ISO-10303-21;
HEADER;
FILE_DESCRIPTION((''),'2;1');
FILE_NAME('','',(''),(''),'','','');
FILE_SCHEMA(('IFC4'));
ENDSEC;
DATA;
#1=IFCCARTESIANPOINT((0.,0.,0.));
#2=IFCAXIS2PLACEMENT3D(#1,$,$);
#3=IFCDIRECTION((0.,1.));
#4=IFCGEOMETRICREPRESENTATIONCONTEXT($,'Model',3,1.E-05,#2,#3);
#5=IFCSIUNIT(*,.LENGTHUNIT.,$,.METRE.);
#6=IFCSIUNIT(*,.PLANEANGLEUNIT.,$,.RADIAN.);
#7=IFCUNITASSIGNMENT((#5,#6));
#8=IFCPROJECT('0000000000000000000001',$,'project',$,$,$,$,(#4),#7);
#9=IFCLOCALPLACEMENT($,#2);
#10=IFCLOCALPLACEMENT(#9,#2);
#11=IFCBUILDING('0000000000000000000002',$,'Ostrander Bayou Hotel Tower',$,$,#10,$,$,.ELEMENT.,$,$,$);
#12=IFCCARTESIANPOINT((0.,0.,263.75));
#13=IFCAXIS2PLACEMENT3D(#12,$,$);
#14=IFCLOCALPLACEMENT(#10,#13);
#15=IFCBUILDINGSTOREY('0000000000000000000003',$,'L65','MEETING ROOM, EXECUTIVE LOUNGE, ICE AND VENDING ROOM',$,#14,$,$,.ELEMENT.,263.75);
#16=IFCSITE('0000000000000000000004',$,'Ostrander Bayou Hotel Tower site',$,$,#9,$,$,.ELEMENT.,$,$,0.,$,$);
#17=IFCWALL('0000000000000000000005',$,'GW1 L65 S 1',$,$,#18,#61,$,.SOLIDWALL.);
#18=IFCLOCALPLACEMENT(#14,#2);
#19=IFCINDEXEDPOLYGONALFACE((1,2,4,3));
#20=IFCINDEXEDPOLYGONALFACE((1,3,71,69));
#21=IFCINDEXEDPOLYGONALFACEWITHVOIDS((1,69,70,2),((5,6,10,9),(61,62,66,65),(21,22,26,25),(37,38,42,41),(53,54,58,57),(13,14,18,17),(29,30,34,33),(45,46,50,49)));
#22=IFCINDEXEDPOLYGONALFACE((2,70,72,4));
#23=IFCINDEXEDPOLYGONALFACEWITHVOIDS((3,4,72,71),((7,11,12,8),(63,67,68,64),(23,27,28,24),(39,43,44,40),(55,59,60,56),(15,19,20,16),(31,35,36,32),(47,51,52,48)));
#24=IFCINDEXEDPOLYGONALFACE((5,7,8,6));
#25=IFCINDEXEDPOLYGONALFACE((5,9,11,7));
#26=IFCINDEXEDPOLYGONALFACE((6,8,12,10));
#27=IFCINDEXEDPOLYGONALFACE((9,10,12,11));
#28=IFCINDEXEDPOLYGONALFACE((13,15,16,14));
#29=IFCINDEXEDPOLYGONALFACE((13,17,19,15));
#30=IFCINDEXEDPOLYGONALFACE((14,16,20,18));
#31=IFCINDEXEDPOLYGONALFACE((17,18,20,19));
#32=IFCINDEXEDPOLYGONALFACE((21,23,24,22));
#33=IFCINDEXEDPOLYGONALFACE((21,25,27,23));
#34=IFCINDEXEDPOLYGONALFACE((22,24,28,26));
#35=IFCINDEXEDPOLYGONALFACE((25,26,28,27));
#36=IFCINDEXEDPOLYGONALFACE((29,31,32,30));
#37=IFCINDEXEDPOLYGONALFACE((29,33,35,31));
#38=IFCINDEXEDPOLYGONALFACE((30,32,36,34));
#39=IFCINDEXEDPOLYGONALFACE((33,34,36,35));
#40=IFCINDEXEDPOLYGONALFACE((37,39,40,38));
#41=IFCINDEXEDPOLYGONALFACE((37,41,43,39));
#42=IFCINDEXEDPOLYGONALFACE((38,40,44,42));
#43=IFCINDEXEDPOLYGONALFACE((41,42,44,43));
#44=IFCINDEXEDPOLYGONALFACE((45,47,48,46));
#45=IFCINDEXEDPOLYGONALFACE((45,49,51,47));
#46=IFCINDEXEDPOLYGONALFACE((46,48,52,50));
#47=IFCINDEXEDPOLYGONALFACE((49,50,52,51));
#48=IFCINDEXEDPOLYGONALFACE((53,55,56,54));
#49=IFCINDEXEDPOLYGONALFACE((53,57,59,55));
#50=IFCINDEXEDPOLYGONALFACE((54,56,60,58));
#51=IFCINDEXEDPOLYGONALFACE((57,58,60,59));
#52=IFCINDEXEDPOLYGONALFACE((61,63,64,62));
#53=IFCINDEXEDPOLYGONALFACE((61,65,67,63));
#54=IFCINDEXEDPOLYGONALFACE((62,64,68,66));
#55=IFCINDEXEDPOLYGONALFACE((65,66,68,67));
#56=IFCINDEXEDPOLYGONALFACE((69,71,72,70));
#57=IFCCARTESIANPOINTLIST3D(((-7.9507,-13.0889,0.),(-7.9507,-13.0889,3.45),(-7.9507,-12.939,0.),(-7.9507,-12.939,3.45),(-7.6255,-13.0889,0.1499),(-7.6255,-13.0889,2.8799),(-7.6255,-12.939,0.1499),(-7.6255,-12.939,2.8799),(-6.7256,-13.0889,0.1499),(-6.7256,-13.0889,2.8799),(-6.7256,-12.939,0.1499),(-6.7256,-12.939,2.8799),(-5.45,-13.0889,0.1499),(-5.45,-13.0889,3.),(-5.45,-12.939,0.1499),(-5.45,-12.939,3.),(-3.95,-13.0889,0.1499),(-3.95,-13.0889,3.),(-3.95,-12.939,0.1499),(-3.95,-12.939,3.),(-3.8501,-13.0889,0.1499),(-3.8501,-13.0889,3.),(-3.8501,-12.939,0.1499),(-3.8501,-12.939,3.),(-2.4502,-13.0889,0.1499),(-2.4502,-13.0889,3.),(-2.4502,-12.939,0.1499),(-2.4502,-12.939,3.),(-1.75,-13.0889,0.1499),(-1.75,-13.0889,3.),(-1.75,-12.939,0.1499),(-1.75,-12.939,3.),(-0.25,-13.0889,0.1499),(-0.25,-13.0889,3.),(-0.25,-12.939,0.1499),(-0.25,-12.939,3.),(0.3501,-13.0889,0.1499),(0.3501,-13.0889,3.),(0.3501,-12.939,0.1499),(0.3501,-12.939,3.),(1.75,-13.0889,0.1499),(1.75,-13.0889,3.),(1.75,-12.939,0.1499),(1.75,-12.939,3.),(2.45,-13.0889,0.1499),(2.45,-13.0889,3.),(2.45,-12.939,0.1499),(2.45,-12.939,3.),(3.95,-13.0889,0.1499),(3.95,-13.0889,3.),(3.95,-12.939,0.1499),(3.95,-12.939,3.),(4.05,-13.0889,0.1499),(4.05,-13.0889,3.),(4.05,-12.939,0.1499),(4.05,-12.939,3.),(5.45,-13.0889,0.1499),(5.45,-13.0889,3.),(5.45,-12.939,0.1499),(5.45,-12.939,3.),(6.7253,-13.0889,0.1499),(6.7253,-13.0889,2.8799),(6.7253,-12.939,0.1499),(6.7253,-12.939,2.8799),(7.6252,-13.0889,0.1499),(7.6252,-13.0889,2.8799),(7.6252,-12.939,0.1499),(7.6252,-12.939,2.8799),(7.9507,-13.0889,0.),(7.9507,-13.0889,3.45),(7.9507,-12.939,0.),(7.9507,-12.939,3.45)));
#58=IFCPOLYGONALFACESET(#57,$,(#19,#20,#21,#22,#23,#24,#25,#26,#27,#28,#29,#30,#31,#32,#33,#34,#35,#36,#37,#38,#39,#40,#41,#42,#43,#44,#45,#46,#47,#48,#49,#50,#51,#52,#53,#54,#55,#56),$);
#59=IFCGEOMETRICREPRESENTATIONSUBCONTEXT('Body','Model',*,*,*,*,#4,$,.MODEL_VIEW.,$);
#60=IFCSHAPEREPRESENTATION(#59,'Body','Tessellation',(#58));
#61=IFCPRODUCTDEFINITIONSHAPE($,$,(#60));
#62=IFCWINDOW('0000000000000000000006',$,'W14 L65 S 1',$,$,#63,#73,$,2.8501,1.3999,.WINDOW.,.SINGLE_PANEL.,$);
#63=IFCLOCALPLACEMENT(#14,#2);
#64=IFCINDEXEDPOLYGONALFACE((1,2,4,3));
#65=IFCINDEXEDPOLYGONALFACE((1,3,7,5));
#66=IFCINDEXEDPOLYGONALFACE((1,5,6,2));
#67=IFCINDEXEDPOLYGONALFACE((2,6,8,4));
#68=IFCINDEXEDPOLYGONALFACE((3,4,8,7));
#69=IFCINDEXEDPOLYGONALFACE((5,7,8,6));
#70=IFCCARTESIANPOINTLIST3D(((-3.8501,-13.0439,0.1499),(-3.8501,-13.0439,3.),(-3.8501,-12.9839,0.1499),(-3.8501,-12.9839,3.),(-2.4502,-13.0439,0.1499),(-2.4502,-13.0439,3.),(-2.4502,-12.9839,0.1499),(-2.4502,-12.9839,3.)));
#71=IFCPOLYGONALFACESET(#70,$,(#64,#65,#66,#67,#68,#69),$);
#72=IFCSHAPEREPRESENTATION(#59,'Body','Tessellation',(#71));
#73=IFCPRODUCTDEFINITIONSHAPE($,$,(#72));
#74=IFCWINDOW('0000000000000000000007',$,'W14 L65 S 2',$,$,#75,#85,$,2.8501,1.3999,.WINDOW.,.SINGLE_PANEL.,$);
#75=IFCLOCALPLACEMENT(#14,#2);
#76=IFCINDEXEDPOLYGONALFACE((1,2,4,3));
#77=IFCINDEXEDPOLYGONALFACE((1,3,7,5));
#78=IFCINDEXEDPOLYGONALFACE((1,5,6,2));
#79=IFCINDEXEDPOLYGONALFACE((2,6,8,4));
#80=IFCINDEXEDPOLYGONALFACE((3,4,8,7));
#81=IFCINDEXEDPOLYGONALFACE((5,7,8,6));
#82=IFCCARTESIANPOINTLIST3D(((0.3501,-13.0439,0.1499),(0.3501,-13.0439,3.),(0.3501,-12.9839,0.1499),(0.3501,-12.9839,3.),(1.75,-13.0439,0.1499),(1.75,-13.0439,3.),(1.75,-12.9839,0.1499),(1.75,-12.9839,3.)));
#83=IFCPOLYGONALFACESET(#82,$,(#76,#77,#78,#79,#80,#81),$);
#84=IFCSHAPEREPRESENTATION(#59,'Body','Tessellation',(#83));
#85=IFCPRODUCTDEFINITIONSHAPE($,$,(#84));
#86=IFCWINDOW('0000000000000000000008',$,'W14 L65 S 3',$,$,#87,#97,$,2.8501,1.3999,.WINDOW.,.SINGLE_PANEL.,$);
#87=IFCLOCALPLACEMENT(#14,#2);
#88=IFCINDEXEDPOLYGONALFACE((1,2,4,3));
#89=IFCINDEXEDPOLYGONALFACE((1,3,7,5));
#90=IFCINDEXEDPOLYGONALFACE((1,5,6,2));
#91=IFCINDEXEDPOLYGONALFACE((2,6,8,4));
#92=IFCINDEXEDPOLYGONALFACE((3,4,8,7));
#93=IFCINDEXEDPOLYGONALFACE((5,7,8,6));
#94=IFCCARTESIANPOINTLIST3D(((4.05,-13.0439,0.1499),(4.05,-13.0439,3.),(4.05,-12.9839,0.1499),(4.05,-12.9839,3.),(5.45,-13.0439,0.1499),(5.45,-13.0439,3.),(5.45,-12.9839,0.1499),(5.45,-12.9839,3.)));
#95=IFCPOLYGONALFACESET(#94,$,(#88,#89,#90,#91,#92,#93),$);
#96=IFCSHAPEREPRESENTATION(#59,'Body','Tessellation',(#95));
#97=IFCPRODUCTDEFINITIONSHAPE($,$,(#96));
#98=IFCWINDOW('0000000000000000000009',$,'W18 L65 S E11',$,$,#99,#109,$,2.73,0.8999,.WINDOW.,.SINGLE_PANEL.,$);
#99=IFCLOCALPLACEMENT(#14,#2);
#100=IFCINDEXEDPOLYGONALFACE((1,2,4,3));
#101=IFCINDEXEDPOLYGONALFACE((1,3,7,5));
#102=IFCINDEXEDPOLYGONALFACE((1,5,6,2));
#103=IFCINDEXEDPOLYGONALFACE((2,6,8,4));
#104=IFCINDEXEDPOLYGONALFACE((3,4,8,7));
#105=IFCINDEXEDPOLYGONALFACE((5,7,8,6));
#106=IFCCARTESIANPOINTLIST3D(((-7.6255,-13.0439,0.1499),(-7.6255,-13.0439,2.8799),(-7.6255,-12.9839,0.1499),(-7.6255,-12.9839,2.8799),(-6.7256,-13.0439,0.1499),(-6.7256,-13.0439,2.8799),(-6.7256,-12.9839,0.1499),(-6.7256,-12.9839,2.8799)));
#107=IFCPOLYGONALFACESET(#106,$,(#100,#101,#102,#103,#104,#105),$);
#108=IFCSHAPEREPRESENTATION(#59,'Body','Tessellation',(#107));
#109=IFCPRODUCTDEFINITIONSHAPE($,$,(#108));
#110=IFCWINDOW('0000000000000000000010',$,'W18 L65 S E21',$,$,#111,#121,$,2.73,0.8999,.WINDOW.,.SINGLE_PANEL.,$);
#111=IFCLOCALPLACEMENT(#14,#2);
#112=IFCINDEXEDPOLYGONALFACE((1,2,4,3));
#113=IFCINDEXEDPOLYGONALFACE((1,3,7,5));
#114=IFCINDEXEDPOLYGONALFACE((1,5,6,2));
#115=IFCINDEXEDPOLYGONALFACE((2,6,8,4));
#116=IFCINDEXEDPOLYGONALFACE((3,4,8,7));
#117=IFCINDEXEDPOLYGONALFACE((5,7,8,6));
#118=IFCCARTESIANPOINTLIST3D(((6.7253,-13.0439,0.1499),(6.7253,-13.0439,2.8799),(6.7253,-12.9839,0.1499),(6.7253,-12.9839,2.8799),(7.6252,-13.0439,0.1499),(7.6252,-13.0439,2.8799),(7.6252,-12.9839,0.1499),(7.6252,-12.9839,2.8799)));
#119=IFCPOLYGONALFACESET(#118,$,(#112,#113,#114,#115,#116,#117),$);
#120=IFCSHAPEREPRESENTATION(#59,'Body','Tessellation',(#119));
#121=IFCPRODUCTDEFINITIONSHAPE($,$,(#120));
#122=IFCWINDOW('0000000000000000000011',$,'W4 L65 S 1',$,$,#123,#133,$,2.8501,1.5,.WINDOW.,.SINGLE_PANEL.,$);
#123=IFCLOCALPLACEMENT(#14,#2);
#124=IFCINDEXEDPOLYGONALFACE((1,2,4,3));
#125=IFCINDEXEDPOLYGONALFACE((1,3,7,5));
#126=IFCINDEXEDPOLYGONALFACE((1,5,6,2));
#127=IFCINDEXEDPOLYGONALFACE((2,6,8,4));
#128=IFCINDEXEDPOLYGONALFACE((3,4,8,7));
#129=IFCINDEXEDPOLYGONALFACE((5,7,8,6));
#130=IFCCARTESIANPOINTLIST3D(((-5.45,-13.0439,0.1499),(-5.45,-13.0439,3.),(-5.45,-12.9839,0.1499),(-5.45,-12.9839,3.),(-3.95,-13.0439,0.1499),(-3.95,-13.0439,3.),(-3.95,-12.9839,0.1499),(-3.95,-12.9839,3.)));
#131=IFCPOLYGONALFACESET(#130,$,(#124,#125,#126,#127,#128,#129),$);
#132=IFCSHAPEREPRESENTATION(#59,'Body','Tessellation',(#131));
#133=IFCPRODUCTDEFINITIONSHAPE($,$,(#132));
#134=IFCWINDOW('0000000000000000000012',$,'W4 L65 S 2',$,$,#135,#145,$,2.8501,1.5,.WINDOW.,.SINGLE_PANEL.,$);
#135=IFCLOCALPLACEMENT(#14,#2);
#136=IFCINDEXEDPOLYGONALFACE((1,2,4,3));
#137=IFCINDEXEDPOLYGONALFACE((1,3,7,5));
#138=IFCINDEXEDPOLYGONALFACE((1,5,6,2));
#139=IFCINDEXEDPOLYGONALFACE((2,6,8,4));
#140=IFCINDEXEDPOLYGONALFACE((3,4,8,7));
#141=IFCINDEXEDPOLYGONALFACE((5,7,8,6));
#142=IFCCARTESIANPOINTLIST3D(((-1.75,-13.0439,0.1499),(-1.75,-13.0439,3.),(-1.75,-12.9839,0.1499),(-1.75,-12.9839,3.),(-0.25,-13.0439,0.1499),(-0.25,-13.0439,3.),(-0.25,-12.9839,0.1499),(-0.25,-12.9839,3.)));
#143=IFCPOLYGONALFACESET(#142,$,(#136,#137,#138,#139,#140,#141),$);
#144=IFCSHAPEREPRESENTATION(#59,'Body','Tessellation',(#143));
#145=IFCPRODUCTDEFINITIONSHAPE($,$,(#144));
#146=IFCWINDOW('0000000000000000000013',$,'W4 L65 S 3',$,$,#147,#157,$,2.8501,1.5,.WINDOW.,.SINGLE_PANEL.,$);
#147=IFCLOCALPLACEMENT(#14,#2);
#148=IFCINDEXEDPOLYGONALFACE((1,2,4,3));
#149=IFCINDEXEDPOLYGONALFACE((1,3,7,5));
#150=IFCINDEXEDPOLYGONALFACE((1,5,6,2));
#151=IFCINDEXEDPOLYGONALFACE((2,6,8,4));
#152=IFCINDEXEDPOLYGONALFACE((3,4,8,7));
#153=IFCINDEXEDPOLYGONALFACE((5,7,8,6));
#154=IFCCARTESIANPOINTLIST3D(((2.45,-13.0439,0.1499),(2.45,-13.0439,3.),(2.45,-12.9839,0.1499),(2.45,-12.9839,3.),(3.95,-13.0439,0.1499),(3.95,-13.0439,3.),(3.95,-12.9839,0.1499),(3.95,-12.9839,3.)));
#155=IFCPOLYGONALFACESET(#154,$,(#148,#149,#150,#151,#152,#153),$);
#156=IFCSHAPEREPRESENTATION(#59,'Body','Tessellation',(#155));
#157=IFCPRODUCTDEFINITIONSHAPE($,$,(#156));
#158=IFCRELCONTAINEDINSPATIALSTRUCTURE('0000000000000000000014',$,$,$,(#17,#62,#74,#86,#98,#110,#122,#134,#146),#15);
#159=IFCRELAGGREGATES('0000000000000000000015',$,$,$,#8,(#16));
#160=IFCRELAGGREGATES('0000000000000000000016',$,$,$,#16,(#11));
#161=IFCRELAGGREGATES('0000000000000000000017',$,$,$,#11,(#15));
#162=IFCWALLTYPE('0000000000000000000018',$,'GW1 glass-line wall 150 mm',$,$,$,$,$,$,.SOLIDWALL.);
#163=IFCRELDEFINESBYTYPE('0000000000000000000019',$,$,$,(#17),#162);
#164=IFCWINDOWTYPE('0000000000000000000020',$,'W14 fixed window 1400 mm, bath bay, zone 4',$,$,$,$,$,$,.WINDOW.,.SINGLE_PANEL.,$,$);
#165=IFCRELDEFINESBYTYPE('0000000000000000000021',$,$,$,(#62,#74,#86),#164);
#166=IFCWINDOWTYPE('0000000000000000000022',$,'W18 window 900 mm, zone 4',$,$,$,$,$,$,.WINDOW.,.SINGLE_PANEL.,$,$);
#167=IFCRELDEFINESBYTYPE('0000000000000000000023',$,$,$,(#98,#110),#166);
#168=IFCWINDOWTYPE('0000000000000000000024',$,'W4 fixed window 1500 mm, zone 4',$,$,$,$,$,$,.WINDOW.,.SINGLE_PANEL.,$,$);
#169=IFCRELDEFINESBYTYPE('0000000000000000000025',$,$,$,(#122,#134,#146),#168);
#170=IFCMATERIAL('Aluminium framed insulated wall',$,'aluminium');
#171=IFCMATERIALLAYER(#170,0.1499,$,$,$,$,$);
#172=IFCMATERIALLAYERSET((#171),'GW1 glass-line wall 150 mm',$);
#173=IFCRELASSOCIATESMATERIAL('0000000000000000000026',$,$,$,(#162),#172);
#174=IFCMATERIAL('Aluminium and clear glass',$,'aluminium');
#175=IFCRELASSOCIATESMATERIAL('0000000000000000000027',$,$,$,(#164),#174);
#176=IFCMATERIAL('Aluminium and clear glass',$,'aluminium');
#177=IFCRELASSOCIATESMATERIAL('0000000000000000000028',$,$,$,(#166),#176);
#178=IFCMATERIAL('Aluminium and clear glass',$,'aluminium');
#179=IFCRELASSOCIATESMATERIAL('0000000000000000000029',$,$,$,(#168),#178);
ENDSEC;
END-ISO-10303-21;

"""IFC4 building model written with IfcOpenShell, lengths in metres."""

from ifc_helpers import new_model, si_unit, direction, frame, frame_2d, origin, place, context, subcontext, project, spatial, rectangle, extrude, material, layer, layer_set, type_object, element, fill, save


model = new_model("IFC4")

# Units and contexts
model_context = context("Model", 3, precision=1e-05, world=origin(), true_north=direction((0.0, 1.0)))
body_context = subcontext(model_context, "Body", "Model", "MODEL_VIEW")
ifc_project = project(units=[si_unit("LENGTHUNIT", "METRE"), si_unit("PLANEANGLEUNIT", "RADIAN")], contexts=[model_context])

# Site, building, storey
site_placement = place(None, origin())
site = spatial("IfcSite", under=ifc_project, at=site_placement, Name="Ostrander Bayou Hotel Tower site", CompositionType="ELEMENT", RefElevation=0.0)
building_placement = place(site_placement, origin())
building = spatial("IfcBuilding", under=site, at=building_placement, Name="Ostrander Bayou Hotel Tower", CompositionType="ELEMENT")
storey_placement = place(building_placement, frame((0.0, 0.0, 263.75)))
storey = spatial("IfcBuildingStorey", under=building, at=storey_placement, Name="L65", Description="MEETING ROOM, EXECUTIVE LOUNGE, ICE AND VENDING ROOM", CompositionType="ELEMENT", Elevation=263.75)

# Wall, openings, windows
ifc_material_1 = material(Name="Aluminium framed insulated wall", Category="aluminium")
ifc_layer_1 = layer(ifc_material_1, 0.1499)
ifc_layer_set_1 = layer_set([ifc_layer_1], Name="GW1 glass-line wall 150 mm")
wall_type_1 = type_object("IfcWallType", Name="GW1 glass-line wall 150 mm", PredefinedType="SOLIDWALL", material=ifc_layer_set_1)
wall_1_placement = place(storey_placement, frame((-7.9507, -13.0139, 0.0), z_axis=(0.0, 0.0, 1.0), x_axis=(1.0, 0.0, 0.0)))
wall_1 = element("IfcWall", 1, at=wall_1_placement, inside=storey, type_object=wall_type_1, Name="GW1 L65 S 1", PredefinedType="SOLIDWALL", context=body_context, shape_type="SweptSolid", body=[
    extrude(rectangle(XDim=15.9014, YDim=0.1499, at=frame_2d((7.9507, 0.0))), origin(), (0.0, 0.0, 1.0), 3.45),
])
opening_1_placement = place(wall_1_placement, frame((2.5007, 0.0, 0.1499)))
opening_1 = element("IfcOpeningElement", 2, at=opening_1_placement, cuts=wall_1, PredefinedType="OPENING", context=body_context, shape_type="SweptSolid", body=[
    extrude(rectangle(XDim=1.5, YDim=2.8501, at=frame_2d((0.75, 1.425))), frame((0.0, 0.075, 0.0), z_axis=(0.0, -1.0, 0.0), x_axis=(1.0, 0.0, 0.0)), (0.0, 0.0, 1.0), 0.1499),
])
opening_2_placement = place(wall_1_placement, frame((4.1006, 0.0, 0.1499)))
opening_2 = element("IfcOpeningElement", 3, at=opening_2_placement, cuts=wall_1, PredefinedType="OPENING", context=body_context, shape_type="SweptSolid", body=[
    extrude(rectangle(XDim=1.3999, YDim=2.8501, at=frame_2d((0.7, 1.425))), frame((0.0, 0.075, 0.0), z_axis=(0.0, -1.0, 0.0), x_axis=(1.0, 0.0, 0.0)), (0.0, 0.0, 1.0), 0.1499),
])
opening_3_placement = place(wall_1_placement, frame((6.2007, 0.0, 0.1499)))
opening_3 = element("IfcOpeningElement", 4, at=opening_3_placement, cuts=wall_1, PredefinedType="OPENING", context=body_context, shape_type="SweptSolid", body=[
    extrude(rectangle(XDim=1.5, YDim=2.8501, at=frame_2d((0.75, 1.425))), frame((0.0, 0.075, 0.0), z_axis=(0.0, -1.0, 0.0), x_axis=(1.0, 0.0, 0.0)), (0.0, 0.0, 1.0), 0.1499),
])
opening_4_placement = place(wall_1_placement, frame((8.3008, 0.0, 0.1499)))
opening_4 = element("IfcOpeningElement", 5, at=opening_4_placement, cuts=wall_1, PredefinedType="OPENING", context=body_context, shape_type="SweptSolid", body=[
    extrude(rectangle(XDim=1.3999, YDim=2.8501, at=frame_2d((0.7, 1.425))), frame((0.0, 0.075, 0.0), z_axis=(0.0, -1.0, 0.0), x_axis=(1.0, 0.0, 0.0)), (0.0, 0.0, 1.0), 0.1499),
])
opening_5_placement = place(wall_1_placement, frame((10.4006, 0.0, 0.1499)))
opening_5 = element("IfcOpeningElement", 6, at=opening_5_placement, cuts=wall_1, PredefinedType="OPENING", context=body_context, shape_type="SweptSolid", body=[
    extrude(rectangle(XDim=1.5, YDim=2.8501, at=frame_2d((0.75, 1.425))), frame((0.0, 0.075, 0.0), z_axis=(0.0, -1.0, 0.0), x_axis=(1.0, 0.0, 0.0)), (0.0, 0.0, 1.0), 0.1499),
])
opening_6_placement = place(wall_1_placement, frame((12.0007, 0.0, 0.1499)))
opening_6 = element("IfcOpeningElement", 7, at=opening_6_placement, cuts=wall_1, PredefinedType="OPENING", context=body_context, shape_type="SweptSolid", body=[
    extrude(rectangle(XDim=1.3999, YDim=2.8501, at=frame_2d((0.7, 1.425))), frame((0.0, 0.075, 0.0), z_axis=(0.0, -1.0, 0.0), x_axis=(1.0, 0.0, 0.0)), (0.0, 0.0, 1.0), 0.1499),
])
opening_7_placement = place(wall_1_placement, frame((0.3252, 0.0, 0.1499)))
opening_7 = element("IfcOpeningElement", 8, at=opening_7_placement, cuts=wall_1, PredefinedType="OPENING", context=body_context, shape_type="SweptSolid", body=[
    extrude(rectangle(XDim=0.8999, YDim=2.73, at=frame_2d((0.45, 1.365))), frame((0.0, 0.075, 0.0), z_axis=(0.0, -1.0, 0.0), x_axis=(1.0, 0.0, 0.0)), (0.0, 0.0, 1.0), 0.1499),
])
opening_8_placement = place(wall_1_placement, frame((14.676, 0.0, 0.1499)))
opening_8 = element("IfcOpeningElement", 9, at=opening_8_placement, cuts=wall_1, PredefinedType="OPENING", context=body_context, shape_type="SweptSolid", body=[
    extrude(rectangle(XDim=0.8999, YDim=2.73, at=frame_2d((0.45, 1.365))), frame((0.0, 0.075, 0.0), z_axis=(0.0, -1.0, 0.0), x_axis=(1.0, 0.0, 0.0)), (0.0, 0.0, 1.0), 0.1499),
])
ifc_material_2 = material(Name="Aluminium and clear glass", Category="aluminium")
window_type_1 = type_object("IfcWindowType", Name="W14 fixed window 1400 mm, bath bay, zone 4", PartitioningType="SINGLE_PANEL", PredefinedType="WINDOW", material=ifc_material_2)
window_1_placement = place(opening_2_placement, origin())
window_1 = element("IfcWindow", 10, at=window_1_placement, inside=storey, type_object=window_type_1, Name="W14 L65 S 1", OverallHeight=2.8501, OverallWidth=1.3999, PartitioningType="SINGLE_PANEL", PredefinedType="WINDOW", context=body_context, shape_type="SweptSolid", body=[
    extrude(rectangle(XDim=1.3999, YDim=2.8501, at=frame_2d((0.7, 1.425))), frame((0.0, 0.03, 0.0), z_axis=(0.0, -1.0, 0.0), x_axis=(1.0, 0.0, 0.0)), (0.0, 0.0, 1.0), 0.0601),
])
fill(opening_2, window_1)
window_2_placement = place(opening_4_placement, origin())
window_2 = element("IfcWindow", 11, at=window_2_placement, inside=storey, type_object=window_type_1, Name="W14 L65 S 2", OverallHeight=2.8501, OverallWidth=1.3999, PartitioningType="SINGLE_PANEL", PredefinedType="WINDOW", context=body_context, shape_type="SweptSolid", body=[
    extrude(rectangle(XDim=1.3999, YDim=2.8501, at=frame_2d((0.7, 1.425))), frame((0.0, 0.03, 0.0), z_axis=(0.0, -1.0, 0.0), x_axis=(1.0, 0.0, 0.0)), (0.0, 0.0, 1.0), 0.0601),
])
fill(opening_4, window_2)
window_3_placement = place(opening_6_placement, origin())
window_3 = element("IfcWindow", 12, at=window_3_placement, inside=storey, type_object=window_type_1, Name="W14 L65 S 3", OverallHeight=2.8501, OverallWidth=1.3999, PartitioningType="SINGLE_PANEL", PredefinedType="WINDOW", context=body_context, shape_type="SweptSolid", body=[
    extrude(rectangle(XDim=1.3999, YDim=2.8501, at=frame_2d((0.7, 1.425))), frame((0.0, 0.03, 0.0), z_axis=(0.0, -1.0, 0.0), x_axis=(1.0, 0.0, 0.0)), (0.0, 0.0, 1.0), 0.0601),
])
fill(opening_6, window_3)
ifc_material_3 = material(Name="Aluminium and clear glass", Category="aluminium")
window_type_2 = type_object("IfcWindowType", Name="W18 window 900 mm, zone 4", PartitioningType="SINGLE_PANEL", PredefinedType="WINDOW", material=ifc_material_3)
window_4_placement = place(opening_7_placement, origin())
window_4 = element("IfcWindow", 13, at=window_4_placement, inside=storey, type_object=window_type_2, Name="W18 L65 S E11", OverallHeight=2.73, OverallWidth=0.8999, PartitioningType="SINGLE_PANEL", PredefinedType="WINDOW", context=body_context, shape_type="SweptSolid", body=[
    extrude(rectangle(XDim=0.8999, YDim=2.73, at=frame_2d((0.45, 1.365))), frame((0.0, 0.03, 0.0), z_axis=(0.0, -1.0, 0.0), x_axis=(1.0, 0.0, 0.0)), (0.0, 0.0, 1.0), 0.0601),
])
fill(opening_7, window_4)
window_5_placement = place(opening_8_placement, origin())
window_5 = element("IfcWindow", 14, at=window_5_placement, inside=storey, type_object=window_type_2, Name="W18 L65 S E21", OverallHeight=2.73, OverallWidth=0.8999, PartitioningType="SINGLE_PANEL", PredefinedType="WINDOW", context=body_context, shape_type="SweptSolid", body=[
    extrude(rectangle(XDim=0.8999, YDim=2.73, at=frame_2d((0.45, 1.365))), frame((0.0, 0.03, 0.0), z_axis=(0.0, -1.0, 0.0), x_axis=(1.0, 0.0, 0.0)), (0.0, 0.0, 1.0), 0.0601),
])
fill(opening_8, window_5)
ifc_material_4 = material(Name="Aluminium and clear glass", Category="aluminium")
window_type_3 = type_object("IfcWindowType", Name="W4 fixed window 1500 mm, zone 4", PartitioningType="SINGLE_PANEL", PredefinedType="WINDOW", material=ifc_material_4)
window_6_placement = place(opening_1_placement, origin())
window_6 = element("IfcWindow", 15, at=window_6_placement, inside=storey, type_object=window_type_3, Name="W4 L65 S 1", OverallHeight=2.8501, OverallWidth=1.5, PartitioningType="SINGLE_PANEL", PredefinedType="WINDOW", context=body_context, shape_type="SweptSolid", body=[
    extrude(rectangle(XDim=1.5, YDim=2.8501, at=frame_2d((0.75, 1.425))), frame((0.0, 0.03, 0.0), z_axis=(0.0, -1.0, 0.0), x_axis=(1.0, 0.0, 0.0)), (0.0, 0.0, 1.0), 0.0601),
])
fill(opening_1, window_6)
window_7_placement = place(opening_3_placement, origin())
window_7 = element("IfcWindow", 16, at=window_7_placement, inside=storey, type_object=window_type_3, Name="W4 L65 S 2", OverallHeight=2.8501, OverallWidth=1.5, PartitioningType="SINGLE_PANEL", PredefinedType="WINDOW", context=body_context, shape_type="SweptSolid", body=[
    extrude(rectangle(XDim=1.5, YDim=2.8501, at=frame_2d((0.75, 1.425))), frame((0.0, 0.03, 0.0), z_axis=(0.0, -1.0, 0.0), x_axis=(1.0, 0.0, 0.0)), (0.0, 0.0, 1.0), 0.0601),
])
fill(opening_3, window_7)
window_8_placement = place(opening_5_placement, origin())
window_8 = element("IfcWindow", 17, at=window_8_placement, inside=storey, type_object=window_type_3, Name="W4 L65 S 3", OverallHeight=2.8501, OverallWidth=1.5, PartitioningType="SINGLE_PANEL", PredefinedType="WINDOW", context=body_context, shape_type="SweptSolid", body=[
    extrude(rectangle(XDim=1.5, YDim=2.8501, at=frame_2d((0.75, 1.425))), frame((0.0, 0.03, 0.0), z_axis=(0.0, -1.0, 0.0), x_axis=(1.0, 0.0, 0.0)), (0.0, 0.0, 1.0), 0.0601),
])
fill(opening_5, window_8)

save(model, "model.ifc")
